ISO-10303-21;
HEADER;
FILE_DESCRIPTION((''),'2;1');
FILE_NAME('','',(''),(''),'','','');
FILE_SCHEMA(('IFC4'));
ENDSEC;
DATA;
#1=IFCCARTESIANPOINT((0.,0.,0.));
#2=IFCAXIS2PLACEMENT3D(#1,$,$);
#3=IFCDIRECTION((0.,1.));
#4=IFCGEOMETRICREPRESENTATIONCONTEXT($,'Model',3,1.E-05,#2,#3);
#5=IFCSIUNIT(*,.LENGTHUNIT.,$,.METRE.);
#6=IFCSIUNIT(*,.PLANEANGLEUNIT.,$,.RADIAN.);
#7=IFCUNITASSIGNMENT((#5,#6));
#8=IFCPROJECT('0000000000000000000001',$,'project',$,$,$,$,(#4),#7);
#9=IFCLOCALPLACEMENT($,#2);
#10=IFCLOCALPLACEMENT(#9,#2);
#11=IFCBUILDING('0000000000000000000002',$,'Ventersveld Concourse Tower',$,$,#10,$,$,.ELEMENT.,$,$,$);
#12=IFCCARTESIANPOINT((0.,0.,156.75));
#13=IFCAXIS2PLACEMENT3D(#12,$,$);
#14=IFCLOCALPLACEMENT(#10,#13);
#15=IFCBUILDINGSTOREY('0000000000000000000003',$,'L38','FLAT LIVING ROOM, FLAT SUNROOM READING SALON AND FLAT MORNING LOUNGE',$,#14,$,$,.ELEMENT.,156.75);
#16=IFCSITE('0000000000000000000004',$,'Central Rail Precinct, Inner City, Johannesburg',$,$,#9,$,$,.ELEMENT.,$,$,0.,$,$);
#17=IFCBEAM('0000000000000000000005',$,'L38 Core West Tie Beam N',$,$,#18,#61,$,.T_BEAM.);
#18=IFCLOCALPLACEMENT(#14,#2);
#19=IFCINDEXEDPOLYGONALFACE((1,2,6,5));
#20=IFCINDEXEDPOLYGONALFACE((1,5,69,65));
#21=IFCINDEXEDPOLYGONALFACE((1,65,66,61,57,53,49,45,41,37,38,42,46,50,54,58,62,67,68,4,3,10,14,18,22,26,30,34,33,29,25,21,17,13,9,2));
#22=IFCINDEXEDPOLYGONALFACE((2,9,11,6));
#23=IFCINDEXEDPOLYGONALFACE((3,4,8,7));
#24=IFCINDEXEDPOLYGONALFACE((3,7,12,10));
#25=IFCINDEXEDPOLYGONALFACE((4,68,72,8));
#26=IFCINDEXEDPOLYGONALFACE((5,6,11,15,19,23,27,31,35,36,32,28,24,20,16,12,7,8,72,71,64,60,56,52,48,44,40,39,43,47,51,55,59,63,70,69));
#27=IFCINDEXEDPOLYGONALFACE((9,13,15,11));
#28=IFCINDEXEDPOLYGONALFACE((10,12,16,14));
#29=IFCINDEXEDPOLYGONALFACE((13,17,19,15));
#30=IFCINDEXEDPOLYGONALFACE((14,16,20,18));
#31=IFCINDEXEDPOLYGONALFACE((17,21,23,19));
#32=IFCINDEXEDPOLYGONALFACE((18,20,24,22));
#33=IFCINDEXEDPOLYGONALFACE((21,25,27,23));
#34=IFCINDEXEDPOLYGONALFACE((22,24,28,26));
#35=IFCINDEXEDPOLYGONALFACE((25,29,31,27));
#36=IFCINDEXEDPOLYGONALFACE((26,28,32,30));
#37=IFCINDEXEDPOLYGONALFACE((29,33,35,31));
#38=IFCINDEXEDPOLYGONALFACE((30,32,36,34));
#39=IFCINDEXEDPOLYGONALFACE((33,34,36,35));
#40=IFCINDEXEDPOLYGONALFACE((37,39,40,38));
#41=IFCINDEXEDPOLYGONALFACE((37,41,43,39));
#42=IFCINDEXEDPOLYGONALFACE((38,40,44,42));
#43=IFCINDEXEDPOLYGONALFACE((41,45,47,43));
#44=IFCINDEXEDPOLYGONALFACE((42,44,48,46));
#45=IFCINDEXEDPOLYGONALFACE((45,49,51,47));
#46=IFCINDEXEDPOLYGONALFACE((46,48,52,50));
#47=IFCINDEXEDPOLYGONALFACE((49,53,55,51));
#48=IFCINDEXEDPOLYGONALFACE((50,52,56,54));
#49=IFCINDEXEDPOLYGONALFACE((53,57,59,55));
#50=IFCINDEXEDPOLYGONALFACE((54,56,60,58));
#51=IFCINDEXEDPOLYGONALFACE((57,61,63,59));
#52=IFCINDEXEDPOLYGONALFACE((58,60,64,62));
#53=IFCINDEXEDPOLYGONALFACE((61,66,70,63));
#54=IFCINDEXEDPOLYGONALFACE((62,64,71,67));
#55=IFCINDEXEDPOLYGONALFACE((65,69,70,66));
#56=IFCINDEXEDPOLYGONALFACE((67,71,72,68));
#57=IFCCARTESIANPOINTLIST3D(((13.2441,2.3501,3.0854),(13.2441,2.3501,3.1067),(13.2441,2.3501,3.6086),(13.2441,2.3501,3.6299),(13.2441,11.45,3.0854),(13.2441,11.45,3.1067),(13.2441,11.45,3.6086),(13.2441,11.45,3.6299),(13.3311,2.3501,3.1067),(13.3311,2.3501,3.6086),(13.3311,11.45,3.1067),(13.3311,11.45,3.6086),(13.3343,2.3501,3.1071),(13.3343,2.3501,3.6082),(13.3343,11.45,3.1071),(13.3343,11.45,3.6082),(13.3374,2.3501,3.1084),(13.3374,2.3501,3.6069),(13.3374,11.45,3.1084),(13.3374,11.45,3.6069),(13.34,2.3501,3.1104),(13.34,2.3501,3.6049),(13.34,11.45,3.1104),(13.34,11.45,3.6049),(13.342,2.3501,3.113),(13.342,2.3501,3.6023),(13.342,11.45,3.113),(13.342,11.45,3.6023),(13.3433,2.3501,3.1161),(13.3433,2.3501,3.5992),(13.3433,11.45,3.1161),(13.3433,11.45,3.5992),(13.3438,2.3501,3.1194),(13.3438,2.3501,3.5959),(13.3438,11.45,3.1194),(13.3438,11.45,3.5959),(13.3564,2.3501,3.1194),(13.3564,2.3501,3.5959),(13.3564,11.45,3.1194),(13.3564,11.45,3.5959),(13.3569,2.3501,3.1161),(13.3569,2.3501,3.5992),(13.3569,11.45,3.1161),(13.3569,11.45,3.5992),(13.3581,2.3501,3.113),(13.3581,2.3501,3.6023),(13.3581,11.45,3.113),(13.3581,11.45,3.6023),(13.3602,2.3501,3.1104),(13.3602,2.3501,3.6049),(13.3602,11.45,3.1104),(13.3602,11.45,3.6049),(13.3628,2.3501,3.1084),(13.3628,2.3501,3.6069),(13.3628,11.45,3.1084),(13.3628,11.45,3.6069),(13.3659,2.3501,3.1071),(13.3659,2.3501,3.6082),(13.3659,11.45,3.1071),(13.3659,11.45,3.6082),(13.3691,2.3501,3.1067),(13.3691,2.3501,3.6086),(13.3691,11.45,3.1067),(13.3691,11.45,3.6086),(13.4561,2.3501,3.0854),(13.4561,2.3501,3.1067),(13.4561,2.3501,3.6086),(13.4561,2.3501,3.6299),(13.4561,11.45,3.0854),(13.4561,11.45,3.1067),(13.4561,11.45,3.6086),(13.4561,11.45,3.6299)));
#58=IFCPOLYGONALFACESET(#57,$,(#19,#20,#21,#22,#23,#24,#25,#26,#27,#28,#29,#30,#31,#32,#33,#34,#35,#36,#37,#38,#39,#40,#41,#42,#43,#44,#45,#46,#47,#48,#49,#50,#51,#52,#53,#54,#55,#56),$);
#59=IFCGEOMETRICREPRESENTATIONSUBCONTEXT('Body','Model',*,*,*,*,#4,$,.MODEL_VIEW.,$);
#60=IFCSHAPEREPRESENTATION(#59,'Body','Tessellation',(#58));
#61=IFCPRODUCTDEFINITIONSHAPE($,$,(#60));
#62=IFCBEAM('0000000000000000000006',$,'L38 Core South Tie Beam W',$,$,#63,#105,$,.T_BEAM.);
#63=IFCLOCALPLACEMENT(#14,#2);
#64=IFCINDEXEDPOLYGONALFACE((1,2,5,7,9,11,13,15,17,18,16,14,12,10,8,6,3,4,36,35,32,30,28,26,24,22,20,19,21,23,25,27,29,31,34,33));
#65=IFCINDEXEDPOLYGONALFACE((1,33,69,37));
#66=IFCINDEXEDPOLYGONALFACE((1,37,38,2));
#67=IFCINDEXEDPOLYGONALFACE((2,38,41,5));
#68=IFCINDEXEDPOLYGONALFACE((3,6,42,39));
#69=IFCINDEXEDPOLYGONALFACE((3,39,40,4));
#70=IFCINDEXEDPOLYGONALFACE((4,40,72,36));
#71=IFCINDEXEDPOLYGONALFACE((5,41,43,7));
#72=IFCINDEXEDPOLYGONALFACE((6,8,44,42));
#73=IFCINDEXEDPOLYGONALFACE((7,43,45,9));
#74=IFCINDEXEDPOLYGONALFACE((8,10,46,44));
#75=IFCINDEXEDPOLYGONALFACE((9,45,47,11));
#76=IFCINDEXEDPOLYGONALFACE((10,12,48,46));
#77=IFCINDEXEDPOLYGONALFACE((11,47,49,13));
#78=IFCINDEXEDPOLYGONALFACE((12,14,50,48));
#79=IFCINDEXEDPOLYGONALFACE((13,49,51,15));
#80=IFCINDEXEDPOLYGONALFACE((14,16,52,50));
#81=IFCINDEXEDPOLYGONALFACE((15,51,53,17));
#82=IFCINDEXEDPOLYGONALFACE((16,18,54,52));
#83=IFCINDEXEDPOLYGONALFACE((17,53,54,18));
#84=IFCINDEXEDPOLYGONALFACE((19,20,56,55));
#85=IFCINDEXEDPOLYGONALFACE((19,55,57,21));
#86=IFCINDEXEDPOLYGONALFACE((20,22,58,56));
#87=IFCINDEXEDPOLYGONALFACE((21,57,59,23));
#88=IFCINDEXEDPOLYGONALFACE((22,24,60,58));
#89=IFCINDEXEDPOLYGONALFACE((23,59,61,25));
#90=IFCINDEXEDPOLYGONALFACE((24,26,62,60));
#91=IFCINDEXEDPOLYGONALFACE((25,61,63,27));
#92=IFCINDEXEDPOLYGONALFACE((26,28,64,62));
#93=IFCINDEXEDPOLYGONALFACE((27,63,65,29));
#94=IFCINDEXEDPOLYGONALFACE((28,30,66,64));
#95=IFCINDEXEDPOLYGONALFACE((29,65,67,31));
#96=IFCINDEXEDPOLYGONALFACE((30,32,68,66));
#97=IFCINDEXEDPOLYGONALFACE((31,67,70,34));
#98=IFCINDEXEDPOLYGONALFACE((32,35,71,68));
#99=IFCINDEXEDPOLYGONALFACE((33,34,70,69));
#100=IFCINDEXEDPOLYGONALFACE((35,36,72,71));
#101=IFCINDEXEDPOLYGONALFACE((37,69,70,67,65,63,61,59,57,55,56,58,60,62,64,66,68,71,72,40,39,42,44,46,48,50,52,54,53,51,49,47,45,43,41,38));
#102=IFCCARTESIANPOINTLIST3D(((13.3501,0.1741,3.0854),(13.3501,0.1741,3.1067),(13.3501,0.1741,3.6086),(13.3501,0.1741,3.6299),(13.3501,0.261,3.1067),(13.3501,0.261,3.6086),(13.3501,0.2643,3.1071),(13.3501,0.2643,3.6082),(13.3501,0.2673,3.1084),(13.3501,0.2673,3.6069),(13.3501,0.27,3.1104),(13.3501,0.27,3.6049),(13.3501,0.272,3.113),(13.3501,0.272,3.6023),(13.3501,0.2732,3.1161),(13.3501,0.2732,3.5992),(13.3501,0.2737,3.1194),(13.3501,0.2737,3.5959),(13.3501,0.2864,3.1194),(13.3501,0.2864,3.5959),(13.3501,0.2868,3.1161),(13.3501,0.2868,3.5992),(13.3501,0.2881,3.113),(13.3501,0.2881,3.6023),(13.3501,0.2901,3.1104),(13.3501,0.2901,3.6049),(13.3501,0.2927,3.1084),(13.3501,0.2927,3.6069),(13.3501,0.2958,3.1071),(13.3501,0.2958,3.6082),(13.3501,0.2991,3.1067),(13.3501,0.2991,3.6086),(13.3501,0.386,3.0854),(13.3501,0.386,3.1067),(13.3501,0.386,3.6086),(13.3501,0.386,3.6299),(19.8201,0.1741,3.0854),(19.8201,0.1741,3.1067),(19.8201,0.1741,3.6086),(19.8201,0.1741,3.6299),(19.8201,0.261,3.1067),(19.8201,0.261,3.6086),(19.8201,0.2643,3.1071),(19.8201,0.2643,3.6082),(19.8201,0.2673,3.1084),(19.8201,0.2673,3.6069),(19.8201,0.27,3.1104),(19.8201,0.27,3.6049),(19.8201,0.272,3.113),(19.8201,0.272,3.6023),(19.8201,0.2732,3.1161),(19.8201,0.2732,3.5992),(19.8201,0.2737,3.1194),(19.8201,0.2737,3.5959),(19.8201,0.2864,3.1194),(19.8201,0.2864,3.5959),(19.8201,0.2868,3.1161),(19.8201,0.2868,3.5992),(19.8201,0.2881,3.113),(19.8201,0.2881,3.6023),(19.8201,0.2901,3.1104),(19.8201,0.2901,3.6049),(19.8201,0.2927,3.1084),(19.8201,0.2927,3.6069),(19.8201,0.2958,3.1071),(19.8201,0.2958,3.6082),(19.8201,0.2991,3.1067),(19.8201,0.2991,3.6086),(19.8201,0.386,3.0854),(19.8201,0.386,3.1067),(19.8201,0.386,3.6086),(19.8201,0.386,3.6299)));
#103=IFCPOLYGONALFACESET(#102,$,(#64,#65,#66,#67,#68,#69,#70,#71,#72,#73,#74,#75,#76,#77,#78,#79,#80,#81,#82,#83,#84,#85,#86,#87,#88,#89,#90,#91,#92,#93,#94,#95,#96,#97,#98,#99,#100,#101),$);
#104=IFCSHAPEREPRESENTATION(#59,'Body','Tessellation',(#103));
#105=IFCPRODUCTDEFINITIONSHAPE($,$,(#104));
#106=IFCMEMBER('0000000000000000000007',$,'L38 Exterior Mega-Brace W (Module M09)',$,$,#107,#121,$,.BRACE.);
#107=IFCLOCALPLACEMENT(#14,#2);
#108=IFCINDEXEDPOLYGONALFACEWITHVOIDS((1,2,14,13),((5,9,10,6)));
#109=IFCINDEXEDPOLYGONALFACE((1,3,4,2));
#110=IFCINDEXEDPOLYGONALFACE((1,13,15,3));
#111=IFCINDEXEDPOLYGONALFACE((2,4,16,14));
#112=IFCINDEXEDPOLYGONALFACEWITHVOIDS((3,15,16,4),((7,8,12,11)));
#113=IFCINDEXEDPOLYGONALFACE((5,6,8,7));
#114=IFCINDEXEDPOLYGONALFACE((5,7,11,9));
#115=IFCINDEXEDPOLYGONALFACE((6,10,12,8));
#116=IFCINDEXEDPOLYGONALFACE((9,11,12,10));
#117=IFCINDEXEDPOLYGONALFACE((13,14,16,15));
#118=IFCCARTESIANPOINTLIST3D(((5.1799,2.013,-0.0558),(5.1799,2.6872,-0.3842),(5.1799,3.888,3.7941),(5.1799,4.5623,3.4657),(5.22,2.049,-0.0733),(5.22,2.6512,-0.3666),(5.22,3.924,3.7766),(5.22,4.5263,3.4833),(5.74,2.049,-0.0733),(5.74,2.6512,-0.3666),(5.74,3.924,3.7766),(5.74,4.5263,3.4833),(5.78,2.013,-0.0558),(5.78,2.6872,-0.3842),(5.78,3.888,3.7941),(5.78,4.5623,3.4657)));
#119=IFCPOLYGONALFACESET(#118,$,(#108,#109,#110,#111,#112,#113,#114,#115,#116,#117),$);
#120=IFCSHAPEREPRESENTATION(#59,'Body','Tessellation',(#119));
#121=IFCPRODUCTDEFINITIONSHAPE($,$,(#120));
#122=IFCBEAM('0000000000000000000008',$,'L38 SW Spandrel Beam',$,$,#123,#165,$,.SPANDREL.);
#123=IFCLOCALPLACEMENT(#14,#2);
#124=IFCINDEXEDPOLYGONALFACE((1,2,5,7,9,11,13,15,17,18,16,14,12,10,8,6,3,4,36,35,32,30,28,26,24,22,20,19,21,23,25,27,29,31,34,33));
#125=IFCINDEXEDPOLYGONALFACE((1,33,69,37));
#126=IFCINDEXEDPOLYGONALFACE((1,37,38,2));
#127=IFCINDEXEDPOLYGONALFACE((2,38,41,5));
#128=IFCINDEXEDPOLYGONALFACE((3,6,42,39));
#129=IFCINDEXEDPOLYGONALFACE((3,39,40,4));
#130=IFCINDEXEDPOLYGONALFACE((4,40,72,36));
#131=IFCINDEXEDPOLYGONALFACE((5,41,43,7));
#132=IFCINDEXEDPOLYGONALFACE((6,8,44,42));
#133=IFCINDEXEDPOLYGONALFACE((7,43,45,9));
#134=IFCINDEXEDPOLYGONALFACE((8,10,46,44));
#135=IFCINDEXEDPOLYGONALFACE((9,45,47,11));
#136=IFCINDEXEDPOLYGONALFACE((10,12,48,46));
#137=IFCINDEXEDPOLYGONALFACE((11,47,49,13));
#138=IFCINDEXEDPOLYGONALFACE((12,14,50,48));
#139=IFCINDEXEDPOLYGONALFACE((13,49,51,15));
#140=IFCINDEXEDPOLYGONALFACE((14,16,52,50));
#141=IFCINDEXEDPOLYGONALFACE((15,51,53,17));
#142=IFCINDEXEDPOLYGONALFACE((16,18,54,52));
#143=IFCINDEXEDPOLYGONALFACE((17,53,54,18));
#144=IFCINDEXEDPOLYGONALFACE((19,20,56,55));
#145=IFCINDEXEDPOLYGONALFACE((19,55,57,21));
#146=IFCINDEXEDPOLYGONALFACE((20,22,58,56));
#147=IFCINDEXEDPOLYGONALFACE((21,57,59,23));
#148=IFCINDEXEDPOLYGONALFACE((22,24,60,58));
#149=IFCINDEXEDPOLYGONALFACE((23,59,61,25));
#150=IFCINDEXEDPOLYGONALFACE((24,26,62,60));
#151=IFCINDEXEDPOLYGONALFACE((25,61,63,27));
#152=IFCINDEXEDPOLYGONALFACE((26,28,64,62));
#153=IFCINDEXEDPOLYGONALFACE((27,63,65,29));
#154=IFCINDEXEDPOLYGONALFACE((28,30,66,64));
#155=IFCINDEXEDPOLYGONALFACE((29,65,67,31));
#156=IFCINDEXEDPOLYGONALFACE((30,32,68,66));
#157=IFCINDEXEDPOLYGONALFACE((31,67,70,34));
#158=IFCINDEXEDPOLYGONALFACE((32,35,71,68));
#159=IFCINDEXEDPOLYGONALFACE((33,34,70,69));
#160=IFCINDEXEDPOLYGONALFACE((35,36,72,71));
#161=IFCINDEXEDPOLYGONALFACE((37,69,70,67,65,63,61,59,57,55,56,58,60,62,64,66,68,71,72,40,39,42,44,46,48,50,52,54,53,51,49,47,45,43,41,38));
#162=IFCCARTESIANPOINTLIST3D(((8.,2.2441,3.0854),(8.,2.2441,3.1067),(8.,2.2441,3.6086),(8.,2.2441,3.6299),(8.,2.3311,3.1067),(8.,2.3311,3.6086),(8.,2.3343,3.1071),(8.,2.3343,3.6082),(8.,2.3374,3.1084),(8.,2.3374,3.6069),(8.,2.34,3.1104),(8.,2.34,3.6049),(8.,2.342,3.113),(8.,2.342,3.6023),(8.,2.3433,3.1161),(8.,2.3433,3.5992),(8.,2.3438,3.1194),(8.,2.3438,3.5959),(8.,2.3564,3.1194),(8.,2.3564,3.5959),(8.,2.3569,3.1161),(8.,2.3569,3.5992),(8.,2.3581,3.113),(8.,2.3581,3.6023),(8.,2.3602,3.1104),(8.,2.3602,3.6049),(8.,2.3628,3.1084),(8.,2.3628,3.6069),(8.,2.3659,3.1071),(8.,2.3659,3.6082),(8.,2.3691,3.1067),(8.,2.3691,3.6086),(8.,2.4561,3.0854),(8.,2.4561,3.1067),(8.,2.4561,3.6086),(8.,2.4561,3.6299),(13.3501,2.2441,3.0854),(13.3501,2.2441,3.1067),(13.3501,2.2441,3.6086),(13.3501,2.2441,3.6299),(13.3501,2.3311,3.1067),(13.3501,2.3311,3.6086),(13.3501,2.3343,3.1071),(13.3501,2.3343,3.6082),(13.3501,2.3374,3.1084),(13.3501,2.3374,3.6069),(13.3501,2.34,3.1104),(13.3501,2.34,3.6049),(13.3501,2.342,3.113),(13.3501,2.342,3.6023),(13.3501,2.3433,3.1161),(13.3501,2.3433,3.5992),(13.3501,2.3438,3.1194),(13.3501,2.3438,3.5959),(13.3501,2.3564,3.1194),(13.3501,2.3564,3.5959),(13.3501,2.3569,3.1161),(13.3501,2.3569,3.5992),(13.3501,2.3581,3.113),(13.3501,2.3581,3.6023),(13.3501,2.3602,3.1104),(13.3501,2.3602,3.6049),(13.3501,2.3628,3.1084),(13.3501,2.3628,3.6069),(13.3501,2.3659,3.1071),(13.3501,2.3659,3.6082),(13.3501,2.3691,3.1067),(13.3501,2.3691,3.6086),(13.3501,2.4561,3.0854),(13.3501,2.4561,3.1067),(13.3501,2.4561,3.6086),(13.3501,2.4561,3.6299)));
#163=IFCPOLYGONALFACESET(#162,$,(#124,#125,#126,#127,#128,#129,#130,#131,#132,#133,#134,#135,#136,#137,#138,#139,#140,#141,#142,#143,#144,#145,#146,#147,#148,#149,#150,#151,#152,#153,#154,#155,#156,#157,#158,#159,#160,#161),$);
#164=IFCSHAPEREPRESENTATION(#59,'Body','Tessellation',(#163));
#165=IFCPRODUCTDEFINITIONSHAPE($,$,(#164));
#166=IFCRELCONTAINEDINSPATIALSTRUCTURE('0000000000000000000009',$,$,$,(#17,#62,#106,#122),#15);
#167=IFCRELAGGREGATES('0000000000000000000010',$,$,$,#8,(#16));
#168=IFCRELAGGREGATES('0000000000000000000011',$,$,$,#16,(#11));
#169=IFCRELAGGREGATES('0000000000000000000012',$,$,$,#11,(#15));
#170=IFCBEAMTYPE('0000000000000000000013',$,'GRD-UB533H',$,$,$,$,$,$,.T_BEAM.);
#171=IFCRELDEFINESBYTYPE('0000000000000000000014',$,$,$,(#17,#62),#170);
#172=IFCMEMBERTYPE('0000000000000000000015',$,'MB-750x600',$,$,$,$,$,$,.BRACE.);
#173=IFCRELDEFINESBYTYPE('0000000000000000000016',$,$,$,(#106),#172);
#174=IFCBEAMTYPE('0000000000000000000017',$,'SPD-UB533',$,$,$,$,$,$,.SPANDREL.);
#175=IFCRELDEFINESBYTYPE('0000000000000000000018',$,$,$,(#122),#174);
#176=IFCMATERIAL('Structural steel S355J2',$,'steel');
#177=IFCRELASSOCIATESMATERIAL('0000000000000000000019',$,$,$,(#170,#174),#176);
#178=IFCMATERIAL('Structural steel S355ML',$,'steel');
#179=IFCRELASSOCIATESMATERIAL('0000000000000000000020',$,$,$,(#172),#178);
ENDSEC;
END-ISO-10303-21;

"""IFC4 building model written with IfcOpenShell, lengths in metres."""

from ifc_helpers import new_model, si_unit, direction, frame, origin, origin_2d, place, context, subcontext, project, spatial, hollow_rectangle, i_section, extrude, material, material_profile, profile_set, type_object, element, save


model = new_model("IFC4")

# Units and contexts
model_context = context("Model", 3, precision=1e-05, world=origin(), true_north=direction((0.0, 1.0)))
body_context = subcontext(model_context, "Body", "Model", "MODEL_VIEW")
ifc_project = project(units=[si_unit("LENGTHUNIT", "METRE"), si_unit("PLANEANGLEUNIT", "RADIAN")], contexts=[model_context])

# Site, building, storey
site_placement = place(None, origin())
site = spatial("IfcSite", under=ifc_project, at=site_placement, Name="Central Rail Precinct, Inner City, Johannesburg", CompositionType="ELEMENT", RefElevation=0.0)
building_placement = place(site_placement, origin())
building = spatial("IfcBuilding", under=site, at=building_placement, Name="Ventersveld Concourse Tower", CompositionType="ELEMENT")
storey_placement = place(building_placement, frame((0.0, 0.0, 156.75)))
storey = spatial("IfcBuildingStorey", under=building, at=storey_placement, Name="L38", Description="FLAT LIVING ROOM, FLAT SUNROOM READING SALON AND FLAT MORNING LOUNGE", CompositionType="ELEMENT", Elevation=156.75)

# Beams
ifc_material_1 = material(Name="Structural steel S355J2", Category="steel")
ifc_material_profile_1 = material_profile(ifc_material_1, i_section(OverallWidth=0.2119, OverallDepth=0.5444, WebThickness=0.0127, FlangeThickness=0.0212, FilletRadius=0.0127, at=origin_2d()), Name="UB 533x210x122")
ifc_profile_set_1 = profile_set([ifc_material_profile_1], Name="Structural steel S355J2")
beam_type_1 = type_object("IfcBeamType", Name="GRD-UB533H", PredefinedType="T_BEAM", material=ifc_profile_set_1)
beam_1_placement = place(storey_placement, frame((13.3501, 2.3501, 3.3577), z_axis=(0.0, 1.0, 0.0), x_axis=(-1.0, 0.0, 0.0)))
element("IfcBeam", 1, at=beam_1_placement, inside=storey, type_object=beam_type_1, Name="L38 Core West Tie Beam N", PredefinedType="T_BEAM", context=body_context, shape_type="SweptSolid", body=[
    extrude(i_section(OverallWidth=0.2119, OverallDepth=0.5444, WebThickness=0.0127, FlangeThickness=0.0212, FilletRadius=0.0127, at=origin_2d()), origin(), (0.0, 0.0, 1.0), 9.0999),
])
beam_2_placement = place(storey_placement, frame((13.3501, 0.28, 3.3577), z_axis=(1.0, 0.0, 0.0), x_axis=(0.0, 1.0, 0.0)))
element("IfcBeam", 2, at=beam_2_placement, inside=storey, type_object=beam_type_1, Name="L38 Core South Tie Beam W", PredefinedType="T_BEAM", context=body_context, shape_type="SweptSolid", body=[
    extrude(i_section(OverallWidth=0.2119, OverallDepth=0.5444, WebThickness=0.0127, FlangeThickness=0.0212, FilletRadius=0.0127, at=origin_2d()), origin(), (0.0, 0.0, 1.0), 6.47),
])

# Member
ifc_material_2 = material(Name="Structural steel S355ML", Category="steel")
ifc_material_profile_2 = material_profile(ifc_material_2, hollow_rectangle(XDim=0.6001, YDim=0.75, WallThickness=0.04, at=origin_2d()), Name="BOX 750x600x40")
ifc_profile_set_2 = profile_set([ifc_material_profile_2], Name="Structural steel S355ML")
member_type = type_object("IfcMemberType", Name="MB-750x600", PredefinedType="BRACE", material=ifc_profile_set_2)
member_placement = place(storey_placement, frame((5.48, 2.3501, -0.22), z_axis=(0.0, 0.437862, 0.899042), x_axis=(-1.0, 0.0, 0.0)))
element("IfcMember", 3, at=member_placement, inside=storey, type_object=member_type, Name="L38 Exterior Mega-Brace W (Module M09)", PredefinedType="BRACE", context=body_context, shape_type="SweptSolid", body=[
    extrude(hollow_rectangle(XDim=0.6001, YDim=0.75, WallThickness=0.04, at=origin_2d()), origin(), (0.0, 0.0, 1.0), 4.2822),
])

# Beam
ifc_material_profile_3 = material_profile(ifc_material_1, i_section(OverallWidth=0.2119, OverallDepth=0.5444, WebThickness=0.0127, FlangeThickness=0.0212, FilletRadius=0.0127, at=origin_2d()), Name="UB 533x210x122")
ifc_profile_set_3 = profile_set([ifc_material_profile_3], Name="Structural steel S355J2")
beam_type_2 = type_object("IfcBeamType", Name="SPD-UB533", PredefinedType="SPANDREL", material=ifc_profile_set_3)
beam_3_placement = place(storey_placement, frame((8.0, 2.3501, 3.3577), z_axis=(1.0, 0.0, 0.0), x_axis=(0.0, 1.0, 0.0)))
element("IfcBeam", 4, at=beam_3_placement, inside=storey, type_object=beam_type_2, Name="L38 SW Spandrel Beam", PredefinedType="SPANDREL", context=body_context, shape_type="SweptSolid", body=[
    extrude(i_section(OverallWidth=0.2119, OverallDepth=0.5444, WebThickness=0.0127, FlangeThickness=0.0212, FilletRadius=0.0127, at=origin_2d()), origin(), (0.0, 0.0, 1.0), 5.3501),
])

save(model, "model.ifc")
